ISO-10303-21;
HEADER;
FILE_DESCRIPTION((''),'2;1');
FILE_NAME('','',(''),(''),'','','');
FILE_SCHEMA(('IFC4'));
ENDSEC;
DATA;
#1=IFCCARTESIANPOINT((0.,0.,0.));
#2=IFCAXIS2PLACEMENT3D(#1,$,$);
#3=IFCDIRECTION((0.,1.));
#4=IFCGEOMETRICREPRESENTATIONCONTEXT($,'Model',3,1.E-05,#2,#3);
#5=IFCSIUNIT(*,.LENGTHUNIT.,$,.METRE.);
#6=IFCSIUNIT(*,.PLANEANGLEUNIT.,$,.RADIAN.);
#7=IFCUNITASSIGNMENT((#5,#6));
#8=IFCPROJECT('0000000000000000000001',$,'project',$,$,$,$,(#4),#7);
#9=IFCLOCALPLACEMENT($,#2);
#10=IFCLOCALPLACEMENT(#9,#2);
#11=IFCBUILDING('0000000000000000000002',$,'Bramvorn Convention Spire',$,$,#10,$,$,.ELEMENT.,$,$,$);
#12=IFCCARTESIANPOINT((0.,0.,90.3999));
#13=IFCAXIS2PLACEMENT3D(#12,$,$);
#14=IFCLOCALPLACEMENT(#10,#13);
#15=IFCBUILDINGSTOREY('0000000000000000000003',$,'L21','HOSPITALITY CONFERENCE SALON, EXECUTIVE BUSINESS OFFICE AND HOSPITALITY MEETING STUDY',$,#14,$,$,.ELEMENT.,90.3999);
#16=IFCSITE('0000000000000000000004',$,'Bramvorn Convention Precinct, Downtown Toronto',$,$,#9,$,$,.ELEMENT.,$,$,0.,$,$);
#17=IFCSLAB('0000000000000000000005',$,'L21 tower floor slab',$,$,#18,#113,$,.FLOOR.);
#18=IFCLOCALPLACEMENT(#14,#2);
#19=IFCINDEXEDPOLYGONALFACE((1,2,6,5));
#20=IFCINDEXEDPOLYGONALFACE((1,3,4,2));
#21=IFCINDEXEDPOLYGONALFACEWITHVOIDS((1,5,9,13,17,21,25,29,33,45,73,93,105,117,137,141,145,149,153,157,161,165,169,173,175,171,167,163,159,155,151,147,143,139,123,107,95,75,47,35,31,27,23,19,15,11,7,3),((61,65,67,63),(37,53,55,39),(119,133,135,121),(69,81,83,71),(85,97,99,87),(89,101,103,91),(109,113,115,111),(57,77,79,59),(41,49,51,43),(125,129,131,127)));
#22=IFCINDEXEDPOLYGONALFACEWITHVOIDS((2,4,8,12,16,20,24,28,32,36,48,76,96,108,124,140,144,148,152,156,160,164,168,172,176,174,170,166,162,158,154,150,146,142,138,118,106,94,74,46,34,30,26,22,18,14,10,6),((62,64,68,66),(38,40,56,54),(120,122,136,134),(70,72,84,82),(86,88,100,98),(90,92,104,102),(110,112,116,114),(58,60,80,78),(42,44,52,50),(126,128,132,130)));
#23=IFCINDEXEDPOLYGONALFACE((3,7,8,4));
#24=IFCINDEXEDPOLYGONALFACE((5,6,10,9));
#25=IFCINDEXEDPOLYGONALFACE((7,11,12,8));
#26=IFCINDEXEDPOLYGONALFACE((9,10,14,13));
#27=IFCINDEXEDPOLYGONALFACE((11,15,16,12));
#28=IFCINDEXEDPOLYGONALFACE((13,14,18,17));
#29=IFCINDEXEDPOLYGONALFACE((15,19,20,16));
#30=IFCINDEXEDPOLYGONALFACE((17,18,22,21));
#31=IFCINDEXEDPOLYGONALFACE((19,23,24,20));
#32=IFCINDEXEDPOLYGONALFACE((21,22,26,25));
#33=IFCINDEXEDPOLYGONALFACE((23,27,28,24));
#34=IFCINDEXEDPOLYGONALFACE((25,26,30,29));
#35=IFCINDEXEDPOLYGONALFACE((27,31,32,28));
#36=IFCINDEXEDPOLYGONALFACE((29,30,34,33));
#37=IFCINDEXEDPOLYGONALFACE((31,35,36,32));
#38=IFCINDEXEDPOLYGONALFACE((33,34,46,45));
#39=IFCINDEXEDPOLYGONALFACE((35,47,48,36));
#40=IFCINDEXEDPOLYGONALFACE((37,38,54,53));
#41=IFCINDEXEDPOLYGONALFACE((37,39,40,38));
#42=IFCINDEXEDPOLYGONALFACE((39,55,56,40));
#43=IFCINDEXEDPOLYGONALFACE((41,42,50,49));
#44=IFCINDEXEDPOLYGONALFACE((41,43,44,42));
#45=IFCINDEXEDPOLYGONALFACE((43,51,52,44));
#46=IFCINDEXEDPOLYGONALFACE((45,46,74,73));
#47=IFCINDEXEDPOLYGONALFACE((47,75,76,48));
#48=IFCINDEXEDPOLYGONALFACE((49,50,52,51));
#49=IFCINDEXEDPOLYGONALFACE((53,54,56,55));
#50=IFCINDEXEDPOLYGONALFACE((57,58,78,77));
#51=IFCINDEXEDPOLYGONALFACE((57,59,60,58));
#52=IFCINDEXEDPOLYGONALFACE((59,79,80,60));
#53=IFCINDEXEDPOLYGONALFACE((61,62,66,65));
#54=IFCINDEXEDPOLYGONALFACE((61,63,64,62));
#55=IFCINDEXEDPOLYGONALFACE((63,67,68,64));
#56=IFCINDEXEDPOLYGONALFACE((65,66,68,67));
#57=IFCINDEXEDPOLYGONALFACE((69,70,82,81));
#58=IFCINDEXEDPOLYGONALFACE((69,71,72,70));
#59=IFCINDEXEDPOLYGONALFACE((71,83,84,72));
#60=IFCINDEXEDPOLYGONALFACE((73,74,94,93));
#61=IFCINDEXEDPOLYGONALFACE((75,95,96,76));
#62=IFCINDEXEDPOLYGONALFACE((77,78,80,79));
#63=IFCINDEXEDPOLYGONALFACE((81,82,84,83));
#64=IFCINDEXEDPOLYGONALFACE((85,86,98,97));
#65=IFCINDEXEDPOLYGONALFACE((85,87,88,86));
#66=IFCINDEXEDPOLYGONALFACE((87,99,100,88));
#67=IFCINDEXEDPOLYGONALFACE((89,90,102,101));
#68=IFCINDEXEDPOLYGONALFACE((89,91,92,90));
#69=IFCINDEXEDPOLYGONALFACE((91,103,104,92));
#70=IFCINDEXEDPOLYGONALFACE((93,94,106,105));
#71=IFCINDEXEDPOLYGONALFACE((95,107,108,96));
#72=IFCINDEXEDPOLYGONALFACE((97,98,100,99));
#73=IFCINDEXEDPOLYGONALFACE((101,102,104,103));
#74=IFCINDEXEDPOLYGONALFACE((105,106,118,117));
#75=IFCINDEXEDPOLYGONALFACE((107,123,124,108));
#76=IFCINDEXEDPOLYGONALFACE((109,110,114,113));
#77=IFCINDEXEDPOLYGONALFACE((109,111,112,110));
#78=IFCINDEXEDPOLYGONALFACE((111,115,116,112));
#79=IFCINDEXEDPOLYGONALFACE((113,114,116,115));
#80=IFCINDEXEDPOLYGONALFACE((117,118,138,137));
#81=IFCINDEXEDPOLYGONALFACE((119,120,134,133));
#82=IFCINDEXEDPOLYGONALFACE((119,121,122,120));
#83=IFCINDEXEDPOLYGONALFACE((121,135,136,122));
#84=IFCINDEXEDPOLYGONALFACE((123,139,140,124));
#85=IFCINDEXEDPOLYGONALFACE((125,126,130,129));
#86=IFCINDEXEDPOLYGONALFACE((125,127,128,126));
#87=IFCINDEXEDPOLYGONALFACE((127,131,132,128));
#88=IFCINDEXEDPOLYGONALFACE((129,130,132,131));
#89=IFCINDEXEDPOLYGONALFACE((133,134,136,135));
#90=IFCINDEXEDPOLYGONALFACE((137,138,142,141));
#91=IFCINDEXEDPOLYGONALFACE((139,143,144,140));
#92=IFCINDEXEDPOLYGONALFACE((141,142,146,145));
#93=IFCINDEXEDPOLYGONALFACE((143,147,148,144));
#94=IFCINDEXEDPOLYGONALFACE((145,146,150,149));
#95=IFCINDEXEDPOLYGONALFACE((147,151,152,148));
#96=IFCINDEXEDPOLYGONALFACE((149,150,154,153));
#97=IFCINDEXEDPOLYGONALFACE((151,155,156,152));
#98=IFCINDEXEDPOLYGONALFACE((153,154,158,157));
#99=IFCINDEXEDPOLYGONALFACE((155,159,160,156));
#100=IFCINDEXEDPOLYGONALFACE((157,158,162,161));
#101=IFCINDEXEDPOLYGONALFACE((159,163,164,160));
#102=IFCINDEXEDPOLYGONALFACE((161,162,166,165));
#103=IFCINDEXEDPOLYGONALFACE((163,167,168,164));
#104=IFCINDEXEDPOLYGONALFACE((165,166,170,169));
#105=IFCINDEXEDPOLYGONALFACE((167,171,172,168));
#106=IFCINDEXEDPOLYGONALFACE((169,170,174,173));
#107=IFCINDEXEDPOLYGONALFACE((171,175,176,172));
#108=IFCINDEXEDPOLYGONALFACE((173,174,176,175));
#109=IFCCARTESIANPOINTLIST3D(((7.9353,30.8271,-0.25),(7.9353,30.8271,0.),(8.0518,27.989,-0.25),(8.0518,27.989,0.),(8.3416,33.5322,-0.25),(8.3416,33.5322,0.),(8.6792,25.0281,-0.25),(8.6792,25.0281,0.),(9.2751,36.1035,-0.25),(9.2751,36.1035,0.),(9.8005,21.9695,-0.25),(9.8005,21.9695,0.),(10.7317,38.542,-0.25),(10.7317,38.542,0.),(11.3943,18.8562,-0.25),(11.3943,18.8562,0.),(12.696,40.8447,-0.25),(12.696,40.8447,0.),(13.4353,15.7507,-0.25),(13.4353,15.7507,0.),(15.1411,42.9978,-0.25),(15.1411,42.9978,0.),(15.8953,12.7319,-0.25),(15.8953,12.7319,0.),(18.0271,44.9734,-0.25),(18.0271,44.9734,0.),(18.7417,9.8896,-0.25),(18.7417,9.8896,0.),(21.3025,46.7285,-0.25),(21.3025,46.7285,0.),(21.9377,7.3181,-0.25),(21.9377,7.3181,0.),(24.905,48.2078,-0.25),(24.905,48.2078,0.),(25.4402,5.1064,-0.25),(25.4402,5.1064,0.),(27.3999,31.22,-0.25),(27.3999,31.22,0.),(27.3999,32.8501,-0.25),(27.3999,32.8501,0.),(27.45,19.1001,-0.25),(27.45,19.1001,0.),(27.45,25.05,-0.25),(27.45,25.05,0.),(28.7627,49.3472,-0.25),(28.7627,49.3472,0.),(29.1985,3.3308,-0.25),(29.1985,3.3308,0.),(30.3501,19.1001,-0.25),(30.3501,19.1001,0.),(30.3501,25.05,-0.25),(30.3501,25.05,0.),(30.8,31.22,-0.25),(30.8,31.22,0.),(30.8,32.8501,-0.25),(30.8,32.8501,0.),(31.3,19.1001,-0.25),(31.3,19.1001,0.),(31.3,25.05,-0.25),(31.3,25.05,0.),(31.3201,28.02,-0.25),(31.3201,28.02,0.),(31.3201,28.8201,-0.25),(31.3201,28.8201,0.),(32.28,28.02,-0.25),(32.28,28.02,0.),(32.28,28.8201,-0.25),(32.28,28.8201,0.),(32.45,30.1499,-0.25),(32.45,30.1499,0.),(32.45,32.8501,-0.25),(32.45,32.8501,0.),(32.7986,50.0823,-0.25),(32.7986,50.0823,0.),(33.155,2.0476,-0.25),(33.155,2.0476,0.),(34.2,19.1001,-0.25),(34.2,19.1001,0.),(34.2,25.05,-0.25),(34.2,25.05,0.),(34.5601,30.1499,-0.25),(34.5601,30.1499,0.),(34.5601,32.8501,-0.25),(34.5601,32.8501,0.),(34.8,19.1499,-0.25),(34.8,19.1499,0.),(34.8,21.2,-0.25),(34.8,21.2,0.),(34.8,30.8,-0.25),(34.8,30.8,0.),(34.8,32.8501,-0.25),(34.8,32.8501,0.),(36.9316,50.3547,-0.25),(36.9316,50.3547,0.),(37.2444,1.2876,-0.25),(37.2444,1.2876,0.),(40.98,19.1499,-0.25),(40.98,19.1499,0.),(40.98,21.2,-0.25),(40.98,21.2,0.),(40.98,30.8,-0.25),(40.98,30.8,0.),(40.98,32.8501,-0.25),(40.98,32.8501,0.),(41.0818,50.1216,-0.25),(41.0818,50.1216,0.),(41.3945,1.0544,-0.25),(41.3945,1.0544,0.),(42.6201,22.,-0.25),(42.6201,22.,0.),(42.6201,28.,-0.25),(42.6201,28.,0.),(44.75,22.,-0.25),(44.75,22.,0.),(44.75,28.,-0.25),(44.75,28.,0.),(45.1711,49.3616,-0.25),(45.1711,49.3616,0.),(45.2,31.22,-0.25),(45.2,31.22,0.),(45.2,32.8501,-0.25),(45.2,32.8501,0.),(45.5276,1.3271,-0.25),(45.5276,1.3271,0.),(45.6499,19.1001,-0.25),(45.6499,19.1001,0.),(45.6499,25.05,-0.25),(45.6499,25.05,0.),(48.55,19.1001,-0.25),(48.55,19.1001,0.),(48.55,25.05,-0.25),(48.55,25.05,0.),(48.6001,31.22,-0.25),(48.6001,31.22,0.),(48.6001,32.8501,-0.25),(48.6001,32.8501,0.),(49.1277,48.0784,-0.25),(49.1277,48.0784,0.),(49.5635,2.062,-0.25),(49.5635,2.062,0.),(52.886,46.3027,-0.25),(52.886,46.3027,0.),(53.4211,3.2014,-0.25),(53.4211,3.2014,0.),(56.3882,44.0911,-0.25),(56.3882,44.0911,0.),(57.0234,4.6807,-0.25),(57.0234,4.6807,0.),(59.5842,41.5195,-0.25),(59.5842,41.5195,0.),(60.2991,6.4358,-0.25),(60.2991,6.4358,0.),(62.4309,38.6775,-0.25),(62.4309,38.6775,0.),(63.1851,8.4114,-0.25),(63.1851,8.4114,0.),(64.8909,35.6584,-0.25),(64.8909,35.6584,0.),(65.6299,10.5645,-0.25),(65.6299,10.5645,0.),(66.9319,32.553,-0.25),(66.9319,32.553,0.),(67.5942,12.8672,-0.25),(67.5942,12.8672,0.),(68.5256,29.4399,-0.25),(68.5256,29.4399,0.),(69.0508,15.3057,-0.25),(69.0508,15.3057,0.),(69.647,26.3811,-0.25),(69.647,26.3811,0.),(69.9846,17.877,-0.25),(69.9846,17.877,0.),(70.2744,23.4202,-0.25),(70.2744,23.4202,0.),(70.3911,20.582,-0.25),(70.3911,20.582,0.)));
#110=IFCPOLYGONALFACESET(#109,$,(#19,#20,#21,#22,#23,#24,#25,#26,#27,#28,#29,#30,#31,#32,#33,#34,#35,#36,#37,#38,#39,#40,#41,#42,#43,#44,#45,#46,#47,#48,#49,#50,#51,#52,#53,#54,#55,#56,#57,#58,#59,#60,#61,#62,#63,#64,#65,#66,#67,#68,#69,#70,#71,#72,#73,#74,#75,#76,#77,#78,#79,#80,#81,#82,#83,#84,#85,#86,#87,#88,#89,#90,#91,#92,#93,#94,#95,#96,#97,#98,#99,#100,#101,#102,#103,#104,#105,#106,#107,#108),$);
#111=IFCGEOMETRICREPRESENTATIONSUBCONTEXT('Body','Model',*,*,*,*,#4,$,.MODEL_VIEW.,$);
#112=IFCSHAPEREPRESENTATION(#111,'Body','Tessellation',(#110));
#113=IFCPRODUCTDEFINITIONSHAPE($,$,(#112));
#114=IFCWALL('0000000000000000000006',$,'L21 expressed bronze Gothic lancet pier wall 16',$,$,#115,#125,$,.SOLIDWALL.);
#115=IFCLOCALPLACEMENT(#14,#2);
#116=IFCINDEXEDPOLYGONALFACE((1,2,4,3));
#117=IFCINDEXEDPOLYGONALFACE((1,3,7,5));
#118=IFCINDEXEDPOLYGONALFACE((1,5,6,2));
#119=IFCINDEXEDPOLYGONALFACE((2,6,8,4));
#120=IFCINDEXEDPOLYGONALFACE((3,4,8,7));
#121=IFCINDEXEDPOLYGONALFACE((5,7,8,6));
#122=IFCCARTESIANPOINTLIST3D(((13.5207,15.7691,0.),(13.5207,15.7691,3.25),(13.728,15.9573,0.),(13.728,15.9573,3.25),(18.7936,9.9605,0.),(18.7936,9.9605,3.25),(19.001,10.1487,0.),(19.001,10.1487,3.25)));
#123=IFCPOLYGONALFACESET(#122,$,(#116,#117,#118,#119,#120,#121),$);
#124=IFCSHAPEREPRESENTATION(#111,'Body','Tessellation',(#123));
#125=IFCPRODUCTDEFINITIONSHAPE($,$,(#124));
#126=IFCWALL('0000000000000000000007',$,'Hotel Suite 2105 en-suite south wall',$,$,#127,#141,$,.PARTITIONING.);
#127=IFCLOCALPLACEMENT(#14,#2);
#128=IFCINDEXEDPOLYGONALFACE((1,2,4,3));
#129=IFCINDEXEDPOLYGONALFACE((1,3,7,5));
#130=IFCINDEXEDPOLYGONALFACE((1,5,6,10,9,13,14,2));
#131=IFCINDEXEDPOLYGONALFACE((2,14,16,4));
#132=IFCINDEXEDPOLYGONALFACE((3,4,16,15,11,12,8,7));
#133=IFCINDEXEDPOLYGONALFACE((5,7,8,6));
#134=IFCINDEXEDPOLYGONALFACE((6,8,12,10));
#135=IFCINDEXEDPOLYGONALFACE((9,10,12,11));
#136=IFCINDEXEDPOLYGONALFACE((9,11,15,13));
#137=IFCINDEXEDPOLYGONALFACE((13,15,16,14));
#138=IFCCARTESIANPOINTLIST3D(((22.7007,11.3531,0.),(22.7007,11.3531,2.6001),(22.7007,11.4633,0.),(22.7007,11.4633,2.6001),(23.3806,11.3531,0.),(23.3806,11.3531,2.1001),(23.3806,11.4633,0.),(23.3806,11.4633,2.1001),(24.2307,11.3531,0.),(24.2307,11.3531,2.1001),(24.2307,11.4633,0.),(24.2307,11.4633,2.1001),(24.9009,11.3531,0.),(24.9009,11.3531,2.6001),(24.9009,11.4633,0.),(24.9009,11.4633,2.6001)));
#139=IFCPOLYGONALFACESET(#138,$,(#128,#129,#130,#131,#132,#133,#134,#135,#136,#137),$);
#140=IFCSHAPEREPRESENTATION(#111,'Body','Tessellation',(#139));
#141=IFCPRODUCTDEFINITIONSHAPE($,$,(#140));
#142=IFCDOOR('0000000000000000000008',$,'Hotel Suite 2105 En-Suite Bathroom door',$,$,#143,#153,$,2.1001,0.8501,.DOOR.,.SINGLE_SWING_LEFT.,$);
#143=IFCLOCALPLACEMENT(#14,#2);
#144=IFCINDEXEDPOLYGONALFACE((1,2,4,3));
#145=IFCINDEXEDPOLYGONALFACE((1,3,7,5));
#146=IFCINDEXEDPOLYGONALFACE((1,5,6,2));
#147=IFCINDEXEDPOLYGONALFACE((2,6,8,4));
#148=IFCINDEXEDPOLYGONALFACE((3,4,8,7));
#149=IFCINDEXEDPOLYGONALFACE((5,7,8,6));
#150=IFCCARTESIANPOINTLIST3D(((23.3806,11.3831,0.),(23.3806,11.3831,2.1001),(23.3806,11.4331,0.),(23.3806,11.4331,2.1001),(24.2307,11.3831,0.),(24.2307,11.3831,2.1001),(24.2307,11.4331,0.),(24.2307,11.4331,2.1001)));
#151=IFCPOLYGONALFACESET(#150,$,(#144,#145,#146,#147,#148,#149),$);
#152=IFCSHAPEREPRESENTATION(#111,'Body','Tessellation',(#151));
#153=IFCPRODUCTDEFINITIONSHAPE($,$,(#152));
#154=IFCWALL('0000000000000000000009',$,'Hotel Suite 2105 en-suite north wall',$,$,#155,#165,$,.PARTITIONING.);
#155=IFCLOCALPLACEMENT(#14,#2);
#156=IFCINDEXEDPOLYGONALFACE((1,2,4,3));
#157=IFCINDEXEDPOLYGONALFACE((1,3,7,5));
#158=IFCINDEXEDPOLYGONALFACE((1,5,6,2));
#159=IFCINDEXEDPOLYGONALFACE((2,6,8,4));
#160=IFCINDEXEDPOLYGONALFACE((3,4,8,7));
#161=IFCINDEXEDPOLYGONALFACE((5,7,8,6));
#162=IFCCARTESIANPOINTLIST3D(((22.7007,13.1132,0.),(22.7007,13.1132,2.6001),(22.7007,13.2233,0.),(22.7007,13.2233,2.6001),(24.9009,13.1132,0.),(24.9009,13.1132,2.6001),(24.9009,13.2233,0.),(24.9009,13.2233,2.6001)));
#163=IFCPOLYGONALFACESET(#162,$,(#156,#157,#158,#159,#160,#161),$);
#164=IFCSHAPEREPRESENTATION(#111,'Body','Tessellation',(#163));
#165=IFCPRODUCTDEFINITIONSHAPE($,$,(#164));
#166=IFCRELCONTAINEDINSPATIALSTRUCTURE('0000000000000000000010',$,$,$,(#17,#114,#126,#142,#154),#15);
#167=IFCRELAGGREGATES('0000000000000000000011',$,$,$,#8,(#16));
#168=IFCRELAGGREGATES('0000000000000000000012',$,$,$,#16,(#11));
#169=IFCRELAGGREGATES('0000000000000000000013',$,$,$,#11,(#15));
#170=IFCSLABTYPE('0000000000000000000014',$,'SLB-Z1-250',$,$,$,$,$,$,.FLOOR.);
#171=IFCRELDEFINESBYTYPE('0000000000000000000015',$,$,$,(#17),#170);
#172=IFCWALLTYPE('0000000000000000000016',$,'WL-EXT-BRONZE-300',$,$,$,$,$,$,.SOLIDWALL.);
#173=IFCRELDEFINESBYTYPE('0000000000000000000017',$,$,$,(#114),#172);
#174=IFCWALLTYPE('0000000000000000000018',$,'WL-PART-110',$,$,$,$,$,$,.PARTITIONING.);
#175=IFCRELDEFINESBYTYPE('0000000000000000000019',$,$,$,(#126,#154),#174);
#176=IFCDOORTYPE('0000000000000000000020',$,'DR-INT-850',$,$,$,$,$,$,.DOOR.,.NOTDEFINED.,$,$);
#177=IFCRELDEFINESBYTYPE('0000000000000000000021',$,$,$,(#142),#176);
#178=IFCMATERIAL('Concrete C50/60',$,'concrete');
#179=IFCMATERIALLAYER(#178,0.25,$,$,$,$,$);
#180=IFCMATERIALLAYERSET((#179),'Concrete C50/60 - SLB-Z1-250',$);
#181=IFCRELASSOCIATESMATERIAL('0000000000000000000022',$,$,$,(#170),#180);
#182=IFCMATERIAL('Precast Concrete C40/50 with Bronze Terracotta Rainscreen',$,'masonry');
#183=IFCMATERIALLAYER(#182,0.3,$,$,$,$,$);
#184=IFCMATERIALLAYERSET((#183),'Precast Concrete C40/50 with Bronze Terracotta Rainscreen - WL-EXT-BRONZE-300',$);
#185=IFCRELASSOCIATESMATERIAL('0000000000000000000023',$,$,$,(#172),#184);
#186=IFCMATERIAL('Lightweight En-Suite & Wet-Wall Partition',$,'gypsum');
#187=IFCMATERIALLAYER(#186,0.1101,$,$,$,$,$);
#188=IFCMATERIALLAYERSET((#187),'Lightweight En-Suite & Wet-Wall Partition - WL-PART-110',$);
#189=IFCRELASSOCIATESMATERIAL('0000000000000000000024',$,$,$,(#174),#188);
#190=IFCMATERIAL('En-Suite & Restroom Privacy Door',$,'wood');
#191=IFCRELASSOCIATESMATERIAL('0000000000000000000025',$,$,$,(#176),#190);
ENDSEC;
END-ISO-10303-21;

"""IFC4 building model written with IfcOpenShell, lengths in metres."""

from ifc_helpers import new_model, si_unit, direction, frame, frame_2d, origin, place, context, subcontext, project, spatial, polyline, rectangle, outline, extrude, material, layer, layer_set, type_object, element, fill, save


model = new_model("IFC4")

# Units and contexts
model_context = context("Model", 3, precision=1e-05, world=origin(), true_north=direction((0.0, 1.0)))
body_context = subcontext(model_context, "Body", "Model", "MODEL_VIEW")
ifc_project = project(units=[si_unit("LENGTHUNIT", "METRE"), si_unit("PLANEANGLEUNIT", "RADIAN")], contexts=[model_context])

# Site, building, storey
site_placement = place(None, origin())
site = spatial("IfcSite", under=ifc_project, at=site_placement, Name="Bramvorn Convention Precinct, Downtown Toronto", CompositionType="ELEMENT", RefElevation=0.0)
building_placement = place(site_placement, origin())
building = spatial("IfcBuilding", under=site, at=building_placement, Name="Bramvorn Convention Spire", CompositionType="ELEMENT")
storey_placement = place(building_placement, frame((0.0, 0.0, 90.3999)))
storey = spatial("IfcBuildingStorey", under=building, at=storey_placement, Name="L21", Description="HOSPITALITY CONFERENCE SALON, EXECUTIVE BUSINESS OFFICE AND HOSPITALITY MEETING STUDY", CompositionType="ELEMENT", Elevation=90.3999)

# Slab
ifc_material_1 = material(Name="Concrete C50/60", Category="concrete")
ifc_layer_1 = layer(ifc_material_1, 0.25)
ifc_layer_set_1 = layer_set([ifc_layer_1], Name="Concrete C50/60 - SLB-Z1-250")
slab_type_1 = type_object("IfcSlabType", Name="SLB-Z1-250", PredefinedType="FLOOR", material=ifc_layer_set_1)
slab_1_placement = place(storey_placement, frame((0.0, 0.0, -0.25)))
element("IfcSlab", 1, at=slab_1_placement, inside=storey, type_object=slab_type_1, Name="L21 tower floor slab", PredefinedType="FLOOR", context=body_context, shape_type="SweptSolid", body=[
    extrude(outline(polyline([(69.9846, 17.877), (70.3911, 20.582), (70.2744, 23.4202), (69.647, 26.3811), (68.5256, 29.4399), (66.9319, 32.553), (64.8909, 35.6584), (62.4309, 38.6775), (59.5842, 41.5195), (56.3882, 44.0911), (52.886, 46.3027), (49.1277, 48.0784), (45.1711, 49.3616), (41.0818, 50.1216), (36.9316, 50.3547), (32.7986, 50.0823), (28.7627, 49.3472), (24.905, 48.2078), (21.3025, 46.7285), (18.0271, 44.9734), (15.1411, 42.9978), (12.696, 40.8447), (10.7317, 38.542), (9.2751, 36.1035), (8.3416, 33.5322), (7.9353, 30.8271), (8.0518, 27.989), (8.6792, 25.0281), (9.8005, 21.9695), (11.3943, 18.8562), (13.4353, 15.7507), (15.8953, 12.7319), (18.7417, 9.8896), (21.9377, 7.3181), (25.4402, 5.1064), (29.1985, 3.3308), (33.155, 2.0476), (37.2444, 1.2876), (41.3945, 1.0544), (45.5276, 1.3271), (49.5635, 2.062), (53.4211, 3.2014), (57.0234, 4.6807), (60.2991, 6.4358), (63.1851, 8.4114), (65.6299, 10.5645), (67.5942, 12.8672), (69.0508, 15.3057), (69.9846, 17.877)]), holes=[polyline([(27.45, 25.05), (27.45, 19.1001), (30.3501, 19.1001), (30.3501, 25.05), (27.45, 25.05)]), polyline([(45.6499, 25.05), (45.6499, 19.1001), (48.55, 19.1001), (48.55, 25.05), (45.6499, 25.05)]), polyline([(31.3, 25.05), (31.3, 19.1001), (34.2, 19.1001), (34.2, 25.05), (31.3, 25.05)]), polyline([(27.3999, 31.22), (30.8, 31.22), (30.8, 32.8501), (27.3999, 32.8501), (27.3999, 31.22)]), polyline([(45.2, 31.22), (48.6001, 31.22), (48.6001, 32.8501), (45.2, 32.8501), (45.2, 31.22)]), polyline([(32.45, 30.1499), (34.5601, 30.1499), (34.5601, 32.8501), (32.45, 32.8501), (32.45, 30.1499)]), polyline([(34.8, 30.8), (40.98, 30.8), (40.98, 32.8501), (34.8, 32.8501), (34.8, 30.8)]), polyline([(34.8, 19.1499), (40.98, 19.1499), (40.98, 21.2), (34.8, 21.2), (34.8, 19.1499)]), polyline([(42.6201, 22.0), (44.75, 22.0), (44.75, 28.0), (42.6201, 28.0), (42.6201, 22.0)]), polyline([(31.3201, 28.02), (32.28, 28.02), (32.28, 28.8201), (31.3201, 28.8201), (31.3201, 28.02)])]), origin(), (0.0, 0.0, 1.0), 0.25),
])

# Wall
ifc_material_2 = material(Name="Precast Concrete C40/50 with Bronze Terracotta Rainscreen", Category="masonry")
ifc_layer_2 = layer(ifc_material_2, 0.3)
ifc_layer_set_2 = layer_set([ifc_layer_2], Name="Precast Concrete C40/50 with Bronze Terracotta Rainscreen - WL-EXT-BRONZE-300")
wall_type_1 = type_object("IfcWallType", Name="WL-EXT-BRONZE-300", PredefinedType="SOLIDWALL", material=ifc_layer_set_2)
wall_1_placement = place(storey_placement, frame((18.8972, 10.0547, 0.0), z_axis=(0.0, 0.0, 1.0), x_axis=(-0.672143, 0.740421, 0.0)))
element("IfcWall", 2, at=wall_1_placement, inside=storey, type_object=wall_type_1, Name="L21 expressed bronze Gothic lancet pier wall 16", PredefinedType="SOLIDWALL", context=body_context, shape_type="SweptSolid", body=[
    extrude(rectangle(XDim=7.845, YDim=0.28, at=frame_2d((3.9224, 0.0))), origin(), (0.0, 0.0, 1.0), 3.25),
])

# Wall, opening, door
ifc_material_3 = material(Name="Lightweight En-Suite & Wet-Wall Partition", Category="gypsum")
ifc_layer_3 = layer(ifc_material_3, 0.1101)
ifc_layer_set_3 = layer_set([ifc_layer_3], Name="Lightweight En-Suite & Wet-Wall Partition - WL-PART-110")
wall_type_2 = type_object("IfcWallType", Name="WL-PART-110", PredefinedType="PARTITIONING", material=ifc_layer_set_3)
wall_2_placement = place(storey_placement, frame((22.7007, 11.4082, 0.0), z_axis=(0.0, 0.0, 1.0), x_axis=(1.0, 0.0, 0.0)))
wall_2 = element("IfcWall", 3, at=wall_2_placement, inside=storey, type_object=wall_type_2, Name="Hotel Suite 2105 en-suite south wall", PredefinedType="PARTITIONING", context=body_context, shape_type="SweptSolid", body=[
    extrude(rectangle(XDim=2.2002, YDim=0.1101, at=frame_2d((1.1001, 0.0))), origin(), (0.0, 0.0, 1.0), 2.6001),
])
opening_placement = place(wall_2_placement, frame((0.6799, 0.0, 0.0)))
opening = element("IfcOpeningElement", 4, at=opening_placement, cuts=wall_2, PredefinedType="OPENING", context=body_context, shape_type="SweptSolid", body=[
    extrude(rectangle(XDim=0.8501, YDim=2.1001, at=frame_2d((0.425, 1.05))), frame((0.0, 0.0649, 0.0), z_axis=(0.0, -1.0, 0.0), x_axis=(1.0, 0.0, 0.0)), (0.0, 0.0, 1.0), 0.1301),
])
ifc_material_4 = material(Name="En-Suite & Restroom Privacy Door", Category="wood")
door_type = type_object("IfcDoorType", Name="DR-INT-850", OperationType="NOTDEFINED", PredefinedType="DOOR", material=ifc_material_4)
door_placement = place(opening_placement, origin())
door = element("IfcDoor", 5, at=door_placement, inside=storey, type_object=door_type, Name="Hotel Suite 2105 En-Suite Bathroom door", OperationType="SINGLE_SWING_LEFT", OverallHeight=2.1001, OverallWidth=0.8501, PredefinedType="DOOR", context=body_context, shape_type="SweptSolid", body=[
    extrude(rectangle(XDim=0.8501, YDim=2.1001, at=frame_2d((0.425, 1.05))), frame((0.0, 0.0249, 0.0), z_axis=(0.0, -1.0, 0.0), x_axis=(1.0, 0.0, 0.0)), (0.0, 0.0, 1.0), 0.05),
])
fill(opening, door)

# Wall
wall_3_placement = place(storey_placement, frame((22.7007, 13.1682, 0.0), z_axis=(0.0, 0.0, 1.0), x_axis=(1.0, 0.0, 0.0)))
element("IfcWall", 6, at=wall_3_placement, inside=storey, type_object=wall_type_2, Name="Hotel Suite 2105 en-suite north wall", PredefinedType="PARTITIONING", context=body_context, shape_type="SweptSolid", body=[
    extrude(rectangle(XDim=2.2002, YDim=0.1101, at=frame_2d((1.1001, 0.0))), origin(), (0.0, 0.0, 1.0), 2.6001),
])

save(model, "model.ifc")
